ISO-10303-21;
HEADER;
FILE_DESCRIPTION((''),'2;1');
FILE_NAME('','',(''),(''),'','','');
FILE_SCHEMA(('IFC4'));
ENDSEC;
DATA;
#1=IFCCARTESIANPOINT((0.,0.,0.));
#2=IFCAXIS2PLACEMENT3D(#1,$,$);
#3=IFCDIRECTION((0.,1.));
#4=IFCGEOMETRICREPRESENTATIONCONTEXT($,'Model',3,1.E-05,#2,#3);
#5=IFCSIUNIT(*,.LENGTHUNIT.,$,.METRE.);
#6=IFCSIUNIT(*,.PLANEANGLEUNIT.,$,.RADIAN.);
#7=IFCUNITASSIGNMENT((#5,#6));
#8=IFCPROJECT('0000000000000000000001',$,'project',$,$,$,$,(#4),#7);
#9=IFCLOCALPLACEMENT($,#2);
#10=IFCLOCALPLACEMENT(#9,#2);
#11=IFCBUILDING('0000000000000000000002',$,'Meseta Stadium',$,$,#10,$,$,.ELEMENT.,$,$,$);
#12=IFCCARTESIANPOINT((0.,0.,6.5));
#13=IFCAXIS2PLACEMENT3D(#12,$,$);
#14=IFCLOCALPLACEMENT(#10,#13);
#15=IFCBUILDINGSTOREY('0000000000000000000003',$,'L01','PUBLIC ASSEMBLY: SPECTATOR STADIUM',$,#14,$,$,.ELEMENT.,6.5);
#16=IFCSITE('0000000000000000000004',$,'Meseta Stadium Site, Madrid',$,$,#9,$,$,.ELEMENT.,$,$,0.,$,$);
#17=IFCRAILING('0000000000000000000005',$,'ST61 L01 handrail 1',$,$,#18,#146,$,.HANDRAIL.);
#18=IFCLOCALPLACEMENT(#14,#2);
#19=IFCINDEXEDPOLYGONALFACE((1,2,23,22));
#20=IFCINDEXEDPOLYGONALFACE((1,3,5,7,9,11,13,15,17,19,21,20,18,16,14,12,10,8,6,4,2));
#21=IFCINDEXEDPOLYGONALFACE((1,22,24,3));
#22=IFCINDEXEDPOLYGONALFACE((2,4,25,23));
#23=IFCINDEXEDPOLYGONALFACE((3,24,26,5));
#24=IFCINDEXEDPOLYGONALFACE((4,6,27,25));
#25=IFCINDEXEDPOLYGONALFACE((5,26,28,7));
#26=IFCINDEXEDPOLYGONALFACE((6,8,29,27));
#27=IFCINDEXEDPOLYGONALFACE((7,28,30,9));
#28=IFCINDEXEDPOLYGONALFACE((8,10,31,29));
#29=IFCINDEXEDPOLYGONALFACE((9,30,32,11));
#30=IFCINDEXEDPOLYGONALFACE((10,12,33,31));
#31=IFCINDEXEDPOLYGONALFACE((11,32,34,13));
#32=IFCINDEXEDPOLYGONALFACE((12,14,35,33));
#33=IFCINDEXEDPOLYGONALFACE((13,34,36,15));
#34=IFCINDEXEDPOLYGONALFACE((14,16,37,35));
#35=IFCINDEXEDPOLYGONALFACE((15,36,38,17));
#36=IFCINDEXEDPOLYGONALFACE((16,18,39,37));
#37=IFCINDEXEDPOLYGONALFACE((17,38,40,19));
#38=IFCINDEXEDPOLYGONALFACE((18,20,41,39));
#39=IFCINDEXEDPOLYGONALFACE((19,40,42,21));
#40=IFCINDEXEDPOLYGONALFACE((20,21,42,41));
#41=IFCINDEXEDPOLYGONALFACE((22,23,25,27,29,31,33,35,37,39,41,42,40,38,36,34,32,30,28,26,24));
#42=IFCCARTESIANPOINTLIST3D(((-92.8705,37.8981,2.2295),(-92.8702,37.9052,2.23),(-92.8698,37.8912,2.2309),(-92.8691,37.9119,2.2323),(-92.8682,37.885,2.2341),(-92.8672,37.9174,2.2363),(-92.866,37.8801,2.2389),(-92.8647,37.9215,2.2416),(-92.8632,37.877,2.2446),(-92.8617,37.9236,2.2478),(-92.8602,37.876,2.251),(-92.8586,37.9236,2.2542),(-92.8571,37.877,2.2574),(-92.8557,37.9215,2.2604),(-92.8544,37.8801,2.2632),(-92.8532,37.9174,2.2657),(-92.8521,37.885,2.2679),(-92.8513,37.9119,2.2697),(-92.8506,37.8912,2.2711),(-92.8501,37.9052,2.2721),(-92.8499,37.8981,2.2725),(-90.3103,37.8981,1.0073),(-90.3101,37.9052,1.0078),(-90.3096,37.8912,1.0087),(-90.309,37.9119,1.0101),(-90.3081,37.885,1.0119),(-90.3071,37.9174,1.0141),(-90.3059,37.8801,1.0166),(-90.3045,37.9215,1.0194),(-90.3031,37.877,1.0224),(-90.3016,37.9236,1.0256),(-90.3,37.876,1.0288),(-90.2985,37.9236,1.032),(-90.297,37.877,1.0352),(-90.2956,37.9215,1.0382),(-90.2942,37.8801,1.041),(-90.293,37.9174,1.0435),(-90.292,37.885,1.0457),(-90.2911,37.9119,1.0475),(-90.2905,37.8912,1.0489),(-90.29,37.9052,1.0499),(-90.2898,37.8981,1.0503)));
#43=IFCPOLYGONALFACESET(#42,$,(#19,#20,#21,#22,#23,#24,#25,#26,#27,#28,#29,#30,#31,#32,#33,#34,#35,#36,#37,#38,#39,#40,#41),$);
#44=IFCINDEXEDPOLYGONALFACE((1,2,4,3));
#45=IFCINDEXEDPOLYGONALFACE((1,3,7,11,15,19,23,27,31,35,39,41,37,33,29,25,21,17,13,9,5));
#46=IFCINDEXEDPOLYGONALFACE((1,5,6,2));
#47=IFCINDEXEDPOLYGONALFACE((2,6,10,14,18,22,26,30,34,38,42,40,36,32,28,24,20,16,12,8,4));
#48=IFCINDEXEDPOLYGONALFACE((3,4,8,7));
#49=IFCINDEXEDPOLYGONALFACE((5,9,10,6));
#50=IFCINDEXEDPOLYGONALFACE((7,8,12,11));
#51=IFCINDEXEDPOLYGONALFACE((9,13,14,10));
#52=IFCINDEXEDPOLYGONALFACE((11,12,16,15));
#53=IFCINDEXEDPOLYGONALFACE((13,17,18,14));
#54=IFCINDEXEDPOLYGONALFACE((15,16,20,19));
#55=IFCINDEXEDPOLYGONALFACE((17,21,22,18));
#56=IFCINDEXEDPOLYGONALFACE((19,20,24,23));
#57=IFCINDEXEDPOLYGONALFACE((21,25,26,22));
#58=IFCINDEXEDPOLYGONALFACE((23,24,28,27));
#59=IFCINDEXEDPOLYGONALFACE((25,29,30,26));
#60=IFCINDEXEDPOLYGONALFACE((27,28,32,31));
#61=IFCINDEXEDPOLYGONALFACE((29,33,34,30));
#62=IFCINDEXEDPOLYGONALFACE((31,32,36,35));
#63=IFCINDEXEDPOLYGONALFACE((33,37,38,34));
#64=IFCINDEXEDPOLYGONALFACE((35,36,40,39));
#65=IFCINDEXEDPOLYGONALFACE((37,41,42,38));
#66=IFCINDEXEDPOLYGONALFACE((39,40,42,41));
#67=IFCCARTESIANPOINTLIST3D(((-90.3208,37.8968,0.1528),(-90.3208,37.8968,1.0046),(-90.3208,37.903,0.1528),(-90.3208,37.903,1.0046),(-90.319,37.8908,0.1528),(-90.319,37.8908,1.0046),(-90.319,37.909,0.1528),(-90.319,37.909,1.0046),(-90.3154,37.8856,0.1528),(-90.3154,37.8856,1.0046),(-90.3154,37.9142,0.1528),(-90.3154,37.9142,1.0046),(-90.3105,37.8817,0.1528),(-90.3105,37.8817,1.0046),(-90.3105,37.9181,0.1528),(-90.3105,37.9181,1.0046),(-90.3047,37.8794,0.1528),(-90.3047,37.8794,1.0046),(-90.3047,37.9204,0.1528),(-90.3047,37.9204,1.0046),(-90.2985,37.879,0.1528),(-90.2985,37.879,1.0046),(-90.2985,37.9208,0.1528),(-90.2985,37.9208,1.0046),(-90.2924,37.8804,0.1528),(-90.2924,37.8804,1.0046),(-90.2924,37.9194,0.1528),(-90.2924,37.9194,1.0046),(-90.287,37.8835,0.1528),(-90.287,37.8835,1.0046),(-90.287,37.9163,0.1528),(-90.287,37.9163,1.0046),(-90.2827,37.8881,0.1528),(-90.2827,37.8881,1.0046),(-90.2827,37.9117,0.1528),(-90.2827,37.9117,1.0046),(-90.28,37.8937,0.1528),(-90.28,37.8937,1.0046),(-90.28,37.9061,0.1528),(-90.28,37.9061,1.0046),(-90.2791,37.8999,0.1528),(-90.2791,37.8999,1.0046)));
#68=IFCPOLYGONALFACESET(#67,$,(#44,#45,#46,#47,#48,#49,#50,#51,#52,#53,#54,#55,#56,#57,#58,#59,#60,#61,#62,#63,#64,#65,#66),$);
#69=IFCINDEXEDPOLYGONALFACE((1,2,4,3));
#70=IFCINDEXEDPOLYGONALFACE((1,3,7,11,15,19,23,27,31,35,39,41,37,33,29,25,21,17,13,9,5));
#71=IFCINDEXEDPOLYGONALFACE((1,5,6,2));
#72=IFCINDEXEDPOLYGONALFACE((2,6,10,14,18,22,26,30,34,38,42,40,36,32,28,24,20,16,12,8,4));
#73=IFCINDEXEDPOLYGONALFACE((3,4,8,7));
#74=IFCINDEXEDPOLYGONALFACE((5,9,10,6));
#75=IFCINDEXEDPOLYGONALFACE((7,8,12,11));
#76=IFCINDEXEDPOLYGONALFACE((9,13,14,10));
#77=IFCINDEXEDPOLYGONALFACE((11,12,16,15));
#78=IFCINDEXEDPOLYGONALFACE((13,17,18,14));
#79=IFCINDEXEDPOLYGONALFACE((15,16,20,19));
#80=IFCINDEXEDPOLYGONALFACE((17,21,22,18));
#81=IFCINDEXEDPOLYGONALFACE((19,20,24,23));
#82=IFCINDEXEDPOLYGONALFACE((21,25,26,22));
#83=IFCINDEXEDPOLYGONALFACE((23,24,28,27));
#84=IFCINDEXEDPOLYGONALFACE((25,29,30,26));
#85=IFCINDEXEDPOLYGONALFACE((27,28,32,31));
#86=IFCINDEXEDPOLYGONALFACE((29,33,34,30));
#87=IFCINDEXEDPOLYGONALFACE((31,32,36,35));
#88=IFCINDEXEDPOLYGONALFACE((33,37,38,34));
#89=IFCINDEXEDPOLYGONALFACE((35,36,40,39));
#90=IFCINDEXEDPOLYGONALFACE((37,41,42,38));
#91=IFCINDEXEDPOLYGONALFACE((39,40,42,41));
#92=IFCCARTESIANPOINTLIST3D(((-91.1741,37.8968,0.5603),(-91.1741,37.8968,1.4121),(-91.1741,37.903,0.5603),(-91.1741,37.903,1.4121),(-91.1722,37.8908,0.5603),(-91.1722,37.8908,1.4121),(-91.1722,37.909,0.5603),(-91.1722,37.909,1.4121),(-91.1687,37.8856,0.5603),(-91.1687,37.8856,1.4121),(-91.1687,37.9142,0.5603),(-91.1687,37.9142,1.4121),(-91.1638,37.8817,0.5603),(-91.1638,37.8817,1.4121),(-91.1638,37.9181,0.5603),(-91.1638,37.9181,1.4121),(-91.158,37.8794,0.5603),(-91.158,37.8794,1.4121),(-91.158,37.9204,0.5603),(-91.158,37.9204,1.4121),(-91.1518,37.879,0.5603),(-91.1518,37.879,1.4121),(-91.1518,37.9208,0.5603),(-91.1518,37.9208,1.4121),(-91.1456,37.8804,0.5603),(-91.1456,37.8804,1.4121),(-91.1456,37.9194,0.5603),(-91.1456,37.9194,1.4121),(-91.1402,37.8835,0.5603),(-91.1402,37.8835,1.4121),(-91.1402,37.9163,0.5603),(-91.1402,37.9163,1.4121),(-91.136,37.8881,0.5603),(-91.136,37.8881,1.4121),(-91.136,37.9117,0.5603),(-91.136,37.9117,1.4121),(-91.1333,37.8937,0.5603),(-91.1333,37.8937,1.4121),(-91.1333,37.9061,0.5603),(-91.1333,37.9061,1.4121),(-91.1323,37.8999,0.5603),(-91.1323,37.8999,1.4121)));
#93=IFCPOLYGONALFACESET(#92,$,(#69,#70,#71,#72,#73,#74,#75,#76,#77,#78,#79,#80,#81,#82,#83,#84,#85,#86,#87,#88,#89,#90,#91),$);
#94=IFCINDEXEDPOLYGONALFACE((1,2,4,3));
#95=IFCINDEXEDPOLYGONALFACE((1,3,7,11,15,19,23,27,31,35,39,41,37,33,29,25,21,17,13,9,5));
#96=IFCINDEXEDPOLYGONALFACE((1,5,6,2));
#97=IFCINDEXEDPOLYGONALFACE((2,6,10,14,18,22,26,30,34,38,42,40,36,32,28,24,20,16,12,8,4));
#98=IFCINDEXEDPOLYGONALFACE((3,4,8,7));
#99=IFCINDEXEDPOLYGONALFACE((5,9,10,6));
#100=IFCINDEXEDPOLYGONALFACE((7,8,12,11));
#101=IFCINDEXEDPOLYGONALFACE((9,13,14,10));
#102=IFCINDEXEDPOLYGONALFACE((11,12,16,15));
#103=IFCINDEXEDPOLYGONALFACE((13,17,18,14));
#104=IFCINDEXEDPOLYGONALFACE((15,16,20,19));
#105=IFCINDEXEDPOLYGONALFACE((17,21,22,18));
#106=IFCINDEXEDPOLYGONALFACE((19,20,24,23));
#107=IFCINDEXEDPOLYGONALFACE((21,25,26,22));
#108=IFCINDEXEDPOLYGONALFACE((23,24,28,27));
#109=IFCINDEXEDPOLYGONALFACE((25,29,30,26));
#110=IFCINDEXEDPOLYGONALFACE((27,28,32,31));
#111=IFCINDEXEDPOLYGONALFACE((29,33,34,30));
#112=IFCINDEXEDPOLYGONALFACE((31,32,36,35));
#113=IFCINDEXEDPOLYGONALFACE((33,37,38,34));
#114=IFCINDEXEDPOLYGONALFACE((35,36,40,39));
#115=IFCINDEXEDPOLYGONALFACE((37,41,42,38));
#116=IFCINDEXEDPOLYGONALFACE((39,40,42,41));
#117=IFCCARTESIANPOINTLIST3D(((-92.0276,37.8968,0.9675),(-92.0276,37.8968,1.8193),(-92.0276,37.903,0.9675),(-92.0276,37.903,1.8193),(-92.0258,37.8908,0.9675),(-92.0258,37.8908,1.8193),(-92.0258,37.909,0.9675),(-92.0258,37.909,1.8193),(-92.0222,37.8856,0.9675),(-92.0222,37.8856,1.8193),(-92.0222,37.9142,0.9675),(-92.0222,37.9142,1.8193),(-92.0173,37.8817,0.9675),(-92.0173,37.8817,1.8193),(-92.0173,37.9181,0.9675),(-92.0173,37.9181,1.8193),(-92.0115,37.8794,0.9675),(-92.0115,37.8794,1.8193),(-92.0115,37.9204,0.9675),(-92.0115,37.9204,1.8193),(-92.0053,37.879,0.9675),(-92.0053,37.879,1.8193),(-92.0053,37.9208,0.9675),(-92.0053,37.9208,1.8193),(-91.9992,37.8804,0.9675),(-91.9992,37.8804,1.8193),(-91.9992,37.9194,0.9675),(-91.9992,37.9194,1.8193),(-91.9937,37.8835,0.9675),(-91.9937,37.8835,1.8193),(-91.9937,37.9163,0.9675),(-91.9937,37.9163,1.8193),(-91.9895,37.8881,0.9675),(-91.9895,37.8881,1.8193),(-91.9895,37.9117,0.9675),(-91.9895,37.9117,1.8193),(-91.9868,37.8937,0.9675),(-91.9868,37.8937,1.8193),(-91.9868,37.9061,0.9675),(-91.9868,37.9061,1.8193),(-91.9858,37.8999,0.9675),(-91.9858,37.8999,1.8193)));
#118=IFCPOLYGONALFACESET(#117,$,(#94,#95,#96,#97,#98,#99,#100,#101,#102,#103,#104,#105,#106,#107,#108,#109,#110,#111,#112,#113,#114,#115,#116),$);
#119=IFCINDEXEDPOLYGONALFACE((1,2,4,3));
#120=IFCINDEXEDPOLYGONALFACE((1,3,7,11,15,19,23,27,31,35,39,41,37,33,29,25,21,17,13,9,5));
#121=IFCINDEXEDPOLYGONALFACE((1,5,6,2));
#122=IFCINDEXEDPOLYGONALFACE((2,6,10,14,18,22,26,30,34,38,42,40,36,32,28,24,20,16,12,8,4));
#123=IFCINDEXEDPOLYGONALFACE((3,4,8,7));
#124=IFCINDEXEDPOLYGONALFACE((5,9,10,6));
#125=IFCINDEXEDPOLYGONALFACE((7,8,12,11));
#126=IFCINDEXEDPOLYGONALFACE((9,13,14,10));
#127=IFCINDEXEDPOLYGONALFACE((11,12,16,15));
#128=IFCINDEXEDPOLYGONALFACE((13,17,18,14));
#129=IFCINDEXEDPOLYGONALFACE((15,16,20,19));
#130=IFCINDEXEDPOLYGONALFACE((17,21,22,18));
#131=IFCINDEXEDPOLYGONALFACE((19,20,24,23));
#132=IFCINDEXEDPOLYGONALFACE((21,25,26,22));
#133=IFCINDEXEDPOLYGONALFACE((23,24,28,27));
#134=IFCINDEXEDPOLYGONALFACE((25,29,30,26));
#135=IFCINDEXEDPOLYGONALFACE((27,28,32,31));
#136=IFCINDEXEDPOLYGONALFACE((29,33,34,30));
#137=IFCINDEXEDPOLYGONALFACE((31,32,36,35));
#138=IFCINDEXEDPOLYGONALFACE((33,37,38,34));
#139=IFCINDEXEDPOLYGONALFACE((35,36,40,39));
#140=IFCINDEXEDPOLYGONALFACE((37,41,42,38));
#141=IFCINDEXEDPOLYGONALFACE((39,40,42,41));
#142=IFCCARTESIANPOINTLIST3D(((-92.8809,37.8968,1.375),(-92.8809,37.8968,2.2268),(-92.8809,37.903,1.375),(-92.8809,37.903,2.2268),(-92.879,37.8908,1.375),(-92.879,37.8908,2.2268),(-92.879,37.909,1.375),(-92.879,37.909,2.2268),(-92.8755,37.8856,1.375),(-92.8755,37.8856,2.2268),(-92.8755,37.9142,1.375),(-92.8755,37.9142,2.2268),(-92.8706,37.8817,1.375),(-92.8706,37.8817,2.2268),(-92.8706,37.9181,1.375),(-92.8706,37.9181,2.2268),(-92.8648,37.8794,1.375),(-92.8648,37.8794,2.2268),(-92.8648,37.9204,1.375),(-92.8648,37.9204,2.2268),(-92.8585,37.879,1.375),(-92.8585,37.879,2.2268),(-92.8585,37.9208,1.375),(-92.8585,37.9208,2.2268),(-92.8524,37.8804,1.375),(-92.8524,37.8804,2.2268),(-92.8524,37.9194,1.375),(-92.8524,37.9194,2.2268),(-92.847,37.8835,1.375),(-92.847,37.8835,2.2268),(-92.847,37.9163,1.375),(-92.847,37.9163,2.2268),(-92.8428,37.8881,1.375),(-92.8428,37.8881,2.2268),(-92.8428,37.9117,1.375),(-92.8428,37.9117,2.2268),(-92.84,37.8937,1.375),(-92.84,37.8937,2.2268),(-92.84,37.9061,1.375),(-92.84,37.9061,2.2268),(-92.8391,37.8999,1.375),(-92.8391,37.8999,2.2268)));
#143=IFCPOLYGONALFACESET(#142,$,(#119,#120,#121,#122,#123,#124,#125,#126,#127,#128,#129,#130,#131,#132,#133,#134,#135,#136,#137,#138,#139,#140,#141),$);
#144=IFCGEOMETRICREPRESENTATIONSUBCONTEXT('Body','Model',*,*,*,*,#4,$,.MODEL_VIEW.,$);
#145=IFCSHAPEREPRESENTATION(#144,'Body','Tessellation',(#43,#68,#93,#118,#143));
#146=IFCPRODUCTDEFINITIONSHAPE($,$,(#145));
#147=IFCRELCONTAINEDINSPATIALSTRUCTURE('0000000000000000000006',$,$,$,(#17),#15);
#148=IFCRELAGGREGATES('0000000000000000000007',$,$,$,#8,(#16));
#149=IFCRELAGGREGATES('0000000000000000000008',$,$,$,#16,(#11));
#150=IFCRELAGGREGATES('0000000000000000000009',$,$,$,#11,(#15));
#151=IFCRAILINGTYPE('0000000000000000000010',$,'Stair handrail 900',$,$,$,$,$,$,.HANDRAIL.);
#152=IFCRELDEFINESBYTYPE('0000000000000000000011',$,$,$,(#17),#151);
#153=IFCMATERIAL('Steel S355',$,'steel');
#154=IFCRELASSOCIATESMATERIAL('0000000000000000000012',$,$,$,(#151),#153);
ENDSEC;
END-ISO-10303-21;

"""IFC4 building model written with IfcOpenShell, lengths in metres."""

from ifc_helpers import new_model, si_unit, direction, frame, origin, origin_2d, place, context, subcontext, project, spatial, circle, extrude, material, type_object, element, save


model = new_model("IFC4")

# Units and contexts
model_context = context("Model", 3, precision=1e-05, world=origin(), true_north=direction((0.0, 1.0)))
body_context = subcontext(model_context, "Body", "Model", "MODEL_VIEW")
ifc_project = project(units=[si_unit("LENGTHUNIT", "METRE"), si_unit("PLANEANGLEUNIT", "RADIAN")], contexts=[model_context])

# Site, building, storey
site_placement = place(None, origin())
site = spatial("IfcSite", under=ifc_project, at=site_placement, Name="Meseta Stadium Site, Madrid", CompositionType="ELEMENT", RefElevation=0.0)
building_placement = place(site_placement, origin())
building = spatial("IfcBuilding", under=site, at=building_placement, Name="Meseta Stadium", CompositionType="ELEMENT")
storey_placement = place(building_placement, frame((0.0, 0.0, 6.5)))
storey = spatial("IfcBuildingStorey", under=building, at=storey_placement, Name="L01", Description="PUBLIC ASSEMBLY: SPECTATOR STADIUM", CompositionType="ELEMENT", Elevation=6.5)

# Railing
ifc_material_1 = material(Name="Steel S355", Category="steel")
railing_type = type_object("IfcRailingType", Name="Stair handrail 900", PredefinedType="HANDRAIL", material=ifc_material_1)
for number, where, name in (
    (1, (-90.3, 37.8999, 0.1528), "ST61 L01 handrail 1"),
):
    element("IfcRailing", number, at=place(storey_placement, frame(where)), inside=storey, type_object=railing_type, Name=name, PredefinedType="HANDRAIL", context=body_context, shape_type="SweptSolid", body=[
        extrude(circle(Radius=0.0239, at=origin_2d()), frame((0.0, 0.0, 0.876), z_axis=(-0.902437, 0.0, 0.430822), x_axis=(0.0, -1.0, 0.0)), (0.0, 0.0, 1.0), 2.8369),
        extrude(circle(Radius=0.021, at=origin_2d()), origin(), (0.0, 0.0, 1.0), 0.8518),
        extrude(circle(Radius=0.021, at=origin_2d()), frame((-0.8533, 0.0, 0.4075)), (0.0, 0.0, 1.0), 0.8518),
        extrude(circle(Radius=0.021, at=origin_2d()), frame((-1.7068, 0.0, 0.8147)), (0.0, 0.0, 1.0), 0.8518),
        extrude(circle(Radius=0.021, at=origin_2d()), frame((-2.5601, 0.0, 1.2222)), (0.0, 0.0, 1.0), 0.8518),
    ])

save(model, "model.ifc")
